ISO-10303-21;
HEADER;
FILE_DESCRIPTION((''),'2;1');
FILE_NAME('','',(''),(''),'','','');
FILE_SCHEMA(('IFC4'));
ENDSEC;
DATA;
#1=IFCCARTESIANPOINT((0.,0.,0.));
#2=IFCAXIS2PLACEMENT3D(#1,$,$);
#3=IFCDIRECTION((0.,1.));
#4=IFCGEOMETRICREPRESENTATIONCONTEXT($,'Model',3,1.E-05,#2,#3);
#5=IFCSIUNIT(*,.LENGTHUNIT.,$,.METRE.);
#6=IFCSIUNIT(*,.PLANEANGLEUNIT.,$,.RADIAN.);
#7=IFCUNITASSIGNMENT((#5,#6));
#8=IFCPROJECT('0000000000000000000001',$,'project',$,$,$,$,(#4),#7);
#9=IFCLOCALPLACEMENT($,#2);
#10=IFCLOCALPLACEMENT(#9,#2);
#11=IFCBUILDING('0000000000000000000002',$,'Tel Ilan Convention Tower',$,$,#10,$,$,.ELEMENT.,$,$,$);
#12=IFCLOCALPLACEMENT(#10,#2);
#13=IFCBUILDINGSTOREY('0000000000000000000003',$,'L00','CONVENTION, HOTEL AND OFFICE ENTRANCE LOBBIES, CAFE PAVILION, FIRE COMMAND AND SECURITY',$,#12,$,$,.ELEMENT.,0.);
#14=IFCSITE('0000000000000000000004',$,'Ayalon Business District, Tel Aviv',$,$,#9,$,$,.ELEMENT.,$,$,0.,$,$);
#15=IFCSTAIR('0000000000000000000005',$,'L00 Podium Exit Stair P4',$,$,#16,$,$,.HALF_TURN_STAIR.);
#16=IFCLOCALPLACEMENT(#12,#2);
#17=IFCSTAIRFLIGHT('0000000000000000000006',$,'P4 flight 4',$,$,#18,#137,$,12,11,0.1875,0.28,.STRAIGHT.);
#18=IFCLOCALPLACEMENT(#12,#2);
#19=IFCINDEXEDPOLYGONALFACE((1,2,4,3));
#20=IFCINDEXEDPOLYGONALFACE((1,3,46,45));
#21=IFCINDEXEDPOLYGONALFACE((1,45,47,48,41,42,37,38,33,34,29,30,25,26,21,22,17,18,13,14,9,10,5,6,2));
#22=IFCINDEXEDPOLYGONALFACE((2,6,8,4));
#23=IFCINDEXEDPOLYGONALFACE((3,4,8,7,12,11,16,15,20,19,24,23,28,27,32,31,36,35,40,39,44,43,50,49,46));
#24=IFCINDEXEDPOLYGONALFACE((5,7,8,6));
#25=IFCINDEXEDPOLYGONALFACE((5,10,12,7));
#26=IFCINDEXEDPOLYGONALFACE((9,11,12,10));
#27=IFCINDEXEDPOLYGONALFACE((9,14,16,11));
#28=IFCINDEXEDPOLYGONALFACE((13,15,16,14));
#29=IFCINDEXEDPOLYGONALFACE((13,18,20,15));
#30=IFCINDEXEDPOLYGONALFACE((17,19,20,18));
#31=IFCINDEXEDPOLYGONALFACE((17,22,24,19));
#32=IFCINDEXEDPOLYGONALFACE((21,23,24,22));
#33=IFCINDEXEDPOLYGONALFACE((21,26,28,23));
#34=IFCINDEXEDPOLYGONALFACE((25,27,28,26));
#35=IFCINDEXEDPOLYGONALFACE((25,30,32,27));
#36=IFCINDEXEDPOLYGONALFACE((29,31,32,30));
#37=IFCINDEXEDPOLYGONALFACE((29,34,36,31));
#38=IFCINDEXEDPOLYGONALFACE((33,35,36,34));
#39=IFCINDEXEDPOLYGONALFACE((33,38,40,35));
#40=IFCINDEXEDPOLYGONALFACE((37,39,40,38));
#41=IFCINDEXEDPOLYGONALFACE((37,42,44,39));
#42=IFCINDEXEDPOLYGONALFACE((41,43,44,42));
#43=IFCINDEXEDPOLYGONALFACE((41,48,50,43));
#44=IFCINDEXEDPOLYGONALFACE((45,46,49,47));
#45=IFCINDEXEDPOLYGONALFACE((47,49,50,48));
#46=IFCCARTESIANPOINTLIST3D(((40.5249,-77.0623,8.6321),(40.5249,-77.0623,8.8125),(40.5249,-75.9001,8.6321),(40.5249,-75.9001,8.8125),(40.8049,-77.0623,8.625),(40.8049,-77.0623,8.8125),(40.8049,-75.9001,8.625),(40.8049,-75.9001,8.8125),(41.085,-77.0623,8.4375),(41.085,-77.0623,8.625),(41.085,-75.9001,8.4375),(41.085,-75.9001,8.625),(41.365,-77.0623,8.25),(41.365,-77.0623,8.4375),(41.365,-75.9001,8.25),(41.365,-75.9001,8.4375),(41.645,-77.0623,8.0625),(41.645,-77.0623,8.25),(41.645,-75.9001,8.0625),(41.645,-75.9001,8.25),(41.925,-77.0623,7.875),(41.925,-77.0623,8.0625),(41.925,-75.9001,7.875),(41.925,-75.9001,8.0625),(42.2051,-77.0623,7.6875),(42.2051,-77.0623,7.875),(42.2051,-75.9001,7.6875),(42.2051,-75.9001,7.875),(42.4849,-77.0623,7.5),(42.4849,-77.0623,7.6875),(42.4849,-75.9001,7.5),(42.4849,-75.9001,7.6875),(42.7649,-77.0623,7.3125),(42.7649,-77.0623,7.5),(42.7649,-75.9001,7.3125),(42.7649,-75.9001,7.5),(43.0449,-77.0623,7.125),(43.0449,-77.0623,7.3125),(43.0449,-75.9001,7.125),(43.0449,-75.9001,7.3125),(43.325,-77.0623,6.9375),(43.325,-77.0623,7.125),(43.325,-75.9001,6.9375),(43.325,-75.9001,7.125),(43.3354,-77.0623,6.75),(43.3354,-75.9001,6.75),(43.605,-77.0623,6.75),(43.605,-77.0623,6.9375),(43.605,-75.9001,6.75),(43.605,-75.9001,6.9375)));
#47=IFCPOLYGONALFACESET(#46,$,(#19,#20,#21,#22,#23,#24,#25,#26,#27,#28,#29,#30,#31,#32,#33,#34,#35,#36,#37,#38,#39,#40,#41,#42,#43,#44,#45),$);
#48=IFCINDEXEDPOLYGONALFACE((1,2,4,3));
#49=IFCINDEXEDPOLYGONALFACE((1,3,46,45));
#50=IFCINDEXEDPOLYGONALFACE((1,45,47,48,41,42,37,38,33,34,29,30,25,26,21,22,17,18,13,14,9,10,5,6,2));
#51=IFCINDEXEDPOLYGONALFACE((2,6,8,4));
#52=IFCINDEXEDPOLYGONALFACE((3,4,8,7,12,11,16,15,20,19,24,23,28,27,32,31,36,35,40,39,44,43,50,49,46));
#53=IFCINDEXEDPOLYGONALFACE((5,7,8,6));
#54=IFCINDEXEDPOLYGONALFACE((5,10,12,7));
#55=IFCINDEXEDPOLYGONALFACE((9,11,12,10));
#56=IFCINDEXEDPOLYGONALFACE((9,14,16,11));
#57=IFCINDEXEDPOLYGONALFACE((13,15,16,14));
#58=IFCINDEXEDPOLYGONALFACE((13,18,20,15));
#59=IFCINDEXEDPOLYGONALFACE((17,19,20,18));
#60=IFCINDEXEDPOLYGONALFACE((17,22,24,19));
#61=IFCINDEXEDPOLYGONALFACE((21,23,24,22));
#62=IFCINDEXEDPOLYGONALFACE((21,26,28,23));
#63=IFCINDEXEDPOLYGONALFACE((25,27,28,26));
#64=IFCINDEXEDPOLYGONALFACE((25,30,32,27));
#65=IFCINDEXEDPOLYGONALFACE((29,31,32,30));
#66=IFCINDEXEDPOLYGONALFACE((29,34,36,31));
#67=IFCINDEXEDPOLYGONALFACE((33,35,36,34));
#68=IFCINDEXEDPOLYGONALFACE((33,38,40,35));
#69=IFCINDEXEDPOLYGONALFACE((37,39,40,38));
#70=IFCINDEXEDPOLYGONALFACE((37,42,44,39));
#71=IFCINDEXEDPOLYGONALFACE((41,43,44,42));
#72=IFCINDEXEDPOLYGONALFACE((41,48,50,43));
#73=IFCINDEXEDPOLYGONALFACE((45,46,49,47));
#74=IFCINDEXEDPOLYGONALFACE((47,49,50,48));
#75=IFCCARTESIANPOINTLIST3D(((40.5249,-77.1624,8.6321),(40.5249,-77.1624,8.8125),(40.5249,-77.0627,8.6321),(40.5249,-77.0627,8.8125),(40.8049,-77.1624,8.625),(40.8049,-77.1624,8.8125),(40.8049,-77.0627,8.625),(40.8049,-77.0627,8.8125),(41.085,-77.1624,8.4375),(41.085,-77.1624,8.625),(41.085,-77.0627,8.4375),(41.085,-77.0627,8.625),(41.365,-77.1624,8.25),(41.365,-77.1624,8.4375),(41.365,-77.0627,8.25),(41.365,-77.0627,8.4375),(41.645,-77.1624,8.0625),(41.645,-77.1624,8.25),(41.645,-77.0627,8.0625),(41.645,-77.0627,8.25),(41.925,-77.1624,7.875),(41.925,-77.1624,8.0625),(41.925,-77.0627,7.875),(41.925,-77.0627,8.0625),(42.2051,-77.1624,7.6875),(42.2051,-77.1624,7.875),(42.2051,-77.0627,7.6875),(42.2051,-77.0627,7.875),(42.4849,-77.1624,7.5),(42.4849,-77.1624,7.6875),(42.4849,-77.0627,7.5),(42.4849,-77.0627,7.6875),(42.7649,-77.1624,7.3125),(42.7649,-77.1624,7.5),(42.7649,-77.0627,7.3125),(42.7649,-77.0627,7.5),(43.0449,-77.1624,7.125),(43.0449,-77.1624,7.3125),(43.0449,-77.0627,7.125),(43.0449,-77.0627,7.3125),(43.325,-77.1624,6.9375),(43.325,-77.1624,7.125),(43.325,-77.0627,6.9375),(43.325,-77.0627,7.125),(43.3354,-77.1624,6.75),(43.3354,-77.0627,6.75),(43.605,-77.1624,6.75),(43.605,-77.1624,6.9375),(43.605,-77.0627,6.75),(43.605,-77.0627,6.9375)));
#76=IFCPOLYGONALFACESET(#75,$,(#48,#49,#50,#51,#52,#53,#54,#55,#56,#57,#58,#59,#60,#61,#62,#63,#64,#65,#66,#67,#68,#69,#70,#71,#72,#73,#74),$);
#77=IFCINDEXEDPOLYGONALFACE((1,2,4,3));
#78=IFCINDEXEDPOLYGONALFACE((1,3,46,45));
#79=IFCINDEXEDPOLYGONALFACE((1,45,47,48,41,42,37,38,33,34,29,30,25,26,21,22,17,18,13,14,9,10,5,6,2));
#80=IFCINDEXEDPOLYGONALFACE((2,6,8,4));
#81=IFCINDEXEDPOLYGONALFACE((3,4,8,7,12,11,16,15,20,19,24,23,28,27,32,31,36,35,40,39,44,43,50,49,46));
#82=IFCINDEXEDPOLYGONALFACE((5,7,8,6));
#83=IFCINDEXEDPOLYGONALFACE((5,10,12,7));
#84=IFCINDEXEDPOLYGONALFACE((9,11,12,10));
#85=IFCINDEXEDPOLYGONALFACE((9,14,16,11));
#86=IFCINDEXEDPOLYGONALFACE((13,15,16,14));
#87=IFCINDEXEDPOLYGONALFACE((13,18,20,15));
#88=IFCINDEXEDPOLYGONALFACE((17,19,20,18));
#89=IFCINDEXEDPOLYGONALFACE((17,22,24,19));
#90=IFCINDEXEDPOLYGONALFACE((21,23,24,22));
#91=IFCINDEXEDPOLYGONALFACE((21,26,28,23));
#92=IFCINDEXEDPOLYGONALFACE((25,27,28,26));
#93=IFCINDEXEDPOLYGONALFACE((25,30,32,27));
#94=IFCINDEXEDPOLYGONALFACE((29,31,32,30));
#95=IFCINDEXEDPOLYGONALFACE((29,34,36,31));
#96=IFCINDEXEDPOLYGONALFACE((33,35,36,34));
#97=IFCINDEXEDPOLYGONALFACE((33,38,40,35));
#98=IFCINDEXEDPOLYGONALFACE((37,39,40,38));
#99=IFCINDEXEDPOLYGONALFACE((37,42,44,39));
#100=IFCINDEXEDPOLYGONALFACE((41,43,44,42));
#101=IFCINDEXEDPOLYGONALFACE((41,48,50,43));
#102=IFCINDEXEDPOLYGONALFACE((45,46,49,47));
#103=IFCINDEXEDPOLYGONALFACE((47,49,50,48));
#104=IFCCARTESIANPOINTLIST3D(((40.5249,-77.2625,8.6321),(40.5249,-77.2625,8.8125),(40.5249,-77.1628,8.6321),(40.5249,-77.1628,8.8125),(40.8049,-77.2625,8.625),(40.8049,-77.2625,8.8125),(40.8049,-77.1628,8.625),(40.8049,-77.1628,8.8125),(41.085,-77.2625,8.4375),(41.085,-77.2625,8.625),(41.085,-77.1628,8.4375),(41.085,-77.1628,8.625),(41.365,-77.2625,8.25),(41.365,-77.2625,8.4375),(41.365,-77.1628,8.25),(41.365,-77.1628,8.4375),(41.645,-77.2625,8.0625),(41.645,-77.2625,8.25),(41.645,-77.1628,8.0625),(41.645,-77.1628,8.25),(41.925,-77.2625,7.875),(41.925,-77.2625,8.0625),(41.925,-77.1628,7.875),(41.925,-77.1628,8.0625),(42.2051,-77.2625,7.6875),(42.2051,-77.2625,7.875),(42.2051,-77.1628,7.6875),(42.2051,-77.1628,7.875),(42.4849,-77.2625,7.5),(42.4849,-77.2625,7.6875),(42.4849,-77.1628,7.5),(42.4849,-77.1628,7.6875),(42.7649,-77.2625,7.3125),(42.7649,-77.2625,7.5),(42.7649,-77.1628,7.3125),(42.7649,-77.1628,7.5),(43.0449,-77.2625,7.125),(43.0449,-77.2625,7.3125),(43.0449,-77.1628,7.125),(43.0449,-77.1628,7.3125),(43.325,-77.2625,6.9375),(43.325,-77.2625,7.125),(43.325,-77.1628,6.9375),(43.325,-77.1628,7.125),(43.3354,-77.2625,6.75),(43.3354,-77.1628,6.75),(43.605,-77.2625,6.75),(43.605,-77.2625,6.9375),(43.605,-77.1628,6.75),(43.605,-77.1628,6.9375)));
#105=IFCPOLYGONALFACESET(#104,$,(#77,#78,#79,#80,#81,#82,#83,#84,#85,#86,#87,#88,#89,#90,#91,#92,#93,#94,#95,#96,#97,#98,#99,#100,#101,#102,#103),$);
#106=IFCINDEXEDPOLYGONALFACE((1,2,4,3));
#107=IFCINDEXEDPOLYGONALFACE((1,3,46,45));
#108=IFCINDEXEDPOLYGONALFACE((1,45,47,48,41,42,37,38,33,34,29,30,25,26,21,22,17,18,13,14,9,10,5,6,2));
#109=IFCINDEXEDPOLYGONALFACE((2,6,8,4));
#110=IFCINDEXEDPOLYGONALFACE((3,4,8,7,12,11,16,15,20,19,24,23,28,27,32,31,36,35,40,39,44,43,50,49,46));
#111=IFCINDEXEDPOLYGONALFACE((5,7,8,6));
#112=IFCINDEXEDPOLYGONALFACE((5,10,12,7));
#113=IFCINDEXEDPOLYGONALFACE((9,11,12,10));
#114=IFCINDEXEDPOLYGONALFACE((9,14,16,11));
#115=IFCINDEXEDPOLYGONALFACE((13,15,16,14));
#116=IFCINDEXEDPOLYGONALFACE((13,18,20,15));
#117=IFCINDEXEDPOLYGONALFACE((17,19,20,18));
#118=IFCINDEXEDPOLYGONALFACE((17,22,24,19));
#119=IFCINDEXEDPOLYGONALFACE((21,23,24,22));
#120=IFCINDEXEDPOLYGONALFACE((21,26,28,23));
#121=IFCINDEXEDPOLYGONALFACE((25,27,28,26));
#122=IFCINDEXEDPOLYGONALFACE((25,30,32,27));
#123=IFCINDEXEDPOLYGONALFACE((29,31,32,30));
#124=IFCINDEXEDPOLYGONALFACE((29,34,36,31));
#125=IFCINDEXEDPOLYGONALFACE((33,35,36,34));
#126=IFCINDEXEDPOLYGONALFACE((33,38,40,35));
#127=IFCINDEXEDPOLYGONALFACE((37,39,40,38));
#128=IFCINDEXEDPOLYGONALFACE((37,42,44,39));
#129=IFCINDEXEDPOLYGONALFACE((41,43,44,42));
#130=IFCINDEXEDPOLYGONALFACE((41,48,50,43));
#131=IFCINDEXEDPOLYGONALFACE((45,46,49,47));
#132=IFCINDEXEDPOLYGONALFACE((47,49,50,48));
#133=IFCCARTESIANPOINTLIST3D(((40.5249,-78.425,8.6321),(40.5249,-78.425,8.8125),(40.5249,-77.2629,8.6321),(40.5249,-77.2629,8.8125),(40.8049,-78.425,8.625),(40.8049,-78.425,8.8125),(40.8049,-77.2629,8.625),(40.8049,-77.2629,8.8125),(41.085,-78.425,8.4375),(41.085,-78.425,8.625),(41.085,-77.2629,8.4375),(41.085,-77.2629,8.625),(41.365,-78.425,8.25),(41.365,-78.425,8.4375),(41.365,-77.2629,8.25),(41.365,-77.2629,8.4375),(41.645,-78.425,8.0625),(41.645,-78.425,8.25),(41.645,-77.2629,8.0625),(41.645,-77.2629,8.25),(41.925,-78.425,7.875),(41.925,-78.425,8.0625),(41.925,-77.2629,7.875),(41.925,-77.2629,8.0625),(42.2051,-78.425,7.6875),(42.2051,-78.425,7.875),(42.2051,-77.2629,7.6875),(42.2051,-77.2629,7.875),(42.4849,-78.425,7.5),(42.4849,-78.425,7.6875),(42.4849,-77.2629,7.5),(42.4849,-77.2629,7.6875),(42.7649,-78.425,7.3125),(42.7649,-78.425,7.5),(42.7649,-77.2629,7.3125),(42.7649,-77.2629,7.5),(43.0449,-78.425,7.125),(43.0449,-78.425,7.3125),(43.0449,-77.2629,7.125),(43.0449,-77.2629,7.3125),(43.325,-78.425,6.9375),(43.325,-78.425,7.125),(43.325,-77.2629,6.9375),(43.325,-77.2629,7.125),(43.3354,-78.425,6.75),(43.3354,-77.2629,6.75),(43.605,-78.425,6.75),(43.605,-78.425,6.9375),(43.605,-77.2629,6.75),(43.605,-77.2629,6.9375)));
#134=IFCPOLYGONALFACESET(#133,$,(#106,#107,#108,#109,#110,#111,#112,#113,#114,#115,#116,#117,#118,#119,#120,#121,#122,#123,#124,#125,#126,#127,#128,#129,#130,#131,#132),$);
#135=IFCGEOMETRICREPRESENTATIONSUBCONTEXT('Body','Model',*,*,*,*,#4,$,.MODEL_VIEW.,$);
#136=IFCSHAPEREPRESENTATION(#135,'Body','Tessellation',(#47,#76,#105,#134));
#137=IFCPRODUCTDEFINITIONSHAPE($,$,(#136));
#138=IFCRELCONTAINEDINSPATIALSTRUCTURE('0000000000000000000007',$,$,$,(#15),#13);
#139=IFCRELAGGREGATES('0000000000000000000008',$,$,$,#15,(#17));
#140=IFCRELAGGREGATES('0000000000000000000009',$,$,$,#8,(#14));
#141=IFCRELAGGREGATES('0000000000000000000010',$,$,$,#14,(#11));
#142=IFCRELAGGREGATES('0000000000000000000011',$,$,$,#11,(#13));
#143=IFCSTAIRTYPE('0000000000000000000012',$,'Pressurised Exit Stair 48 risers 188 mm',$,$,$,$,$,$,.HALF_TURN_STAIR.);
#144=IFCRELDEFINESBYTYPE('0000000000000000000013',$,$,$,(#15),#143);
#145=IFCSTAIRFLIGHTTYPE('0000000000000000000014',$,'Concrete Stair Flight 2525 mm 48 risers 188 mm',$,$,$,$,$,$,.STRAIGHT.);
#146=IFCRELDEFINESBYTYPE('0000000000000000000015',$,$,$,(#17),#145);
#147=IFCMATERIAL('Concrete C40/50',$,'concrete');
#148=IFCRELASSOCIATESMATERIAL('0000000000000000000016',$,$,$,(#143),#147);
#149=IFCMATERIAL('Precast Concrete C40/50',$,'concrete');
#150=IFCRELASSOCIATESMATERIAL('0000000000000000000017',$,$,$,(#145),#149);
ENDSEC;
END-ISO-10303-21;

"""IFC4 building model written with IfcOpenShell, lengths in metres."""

from ifc_helpers import new_model, si_unit, direction, frame, origin, place, context, subcontext, project, spatial, polyline, outline, extrude, material, type_object, element, aggregate, save


model = new_model("IFC4")

# Units and contexts
model_context = context("Model", 3, precision=1e-05, world=origin(), true_north=direction((0.0, 1.0)))
body_context = subcontext(model_context, "Body", "Model", "MODEL_VIEW")
ifc_project = project(units=[si_unit("LENGTHUNIT", "METRE"), si_unit("PLANEANGLEUNIT", "RADIAN")], contexts=[model_context])

# Site, building, storey
site_placement = place(None, origin())
site = spatial("IfcSite", under=ifc_project, at=site_placement, Name="Ayalon Business District, Tel Aviv", CompositionType="ELEMENT", RefElevation=0.0)
building_placement = place(site_placement, origin())
building = spatial("IfcBuilding", under=site, at=building_placement, Name="Tel Ilan Convention Tower", CompositionType="ELEMENT")
storey_placement = place(building_placement, origin())
storey = spatial("IfcBuildingStorey", under=building, at=storey_placement, Name="L00", Description="CONVENTION, HOTEL AND OFFICE ENTRANCE LOBBIES, CAFE PAVILION, FIRE COMMAND AND SECURITY", CompositionType="ELEMENT", Elevation=0.0)

# Stair, stair flight
ifc_material_1 = material(Name="Concrete C40/50", Category="concrete")
stair_type = type_object("IfcStairType", Name="Pressurised Exit Stair 48 risers 188 mm", PredefinedType="HALF_TURN_STAIR", material=ifc_material_1)
stair_placement = place(storey_placement, origin())
stair = element("IfcStair", 1, at=stair_placement, inside=storey, type_object=stair_type, Name="L00 Podium Exit Stair P4", PredefinedType="HALF_TURN_STAIR")
ifc_material_2 = material(Name="Precast Concrete C40/50", Category="concrete")
stair_flight_type = type_object("IfcStairFlightType", Name="Concrete Stair Flight 2525 mm 48 risers 188 mm", PredefinedType="STRAIGHT", material=ifc_material_2)
stair_flight_1_placement = place(storey_placement, frame((43.605, -77.1626, 6.75), z_axis=(0.0, 0.0, 1.0), x_axis=(-1.0, 0.0, 0.0)))
stair_flight_1 = element("IfcStairFlight", 2, at=stair_flight_1_placement, type_object=stair_flight_type, Name="P4 flight 4", NumberOfRisers=12, NumberOfTreads=11, PredefinedType="STRAIGHT", RiserHeight=0.1875, TreadLength=0.28, context=body_context, shape_type="SweptSolid", body=[
    extrude(outline(polyline([(0.0, 0.0), (0.0, 0.1875), (0.28, 0.1875), (0.28, 0.375), (0.5601, 0.375), (0.5601, 0.5625), (0.8401, 0.5625), (0.8401, 0.75), (1.1201, 0.75), (1.1201, 0.9375), (1.3999, 0.9375), (1.3999, 1.125), (1.6799, 1.125), (1.6799, 1.3125), (1.96, 1.3125), (1.96, 1.5), (2.24, 1.5), (2.24, 1.6875), (2.52, 1.6875), (2.52, 1.875), (2.8, 1.875), (2.8, 2.0625), (3.0801, 2.0625), (3.0801, 2.25), (3.0801, 1.8821), (0.2695, 0.0), (0.0, 0.0)])), frame((0.0, -0.1003, 0.0), z_axis=(0.0, -1.0, 0.0), x_axis=(1.0, 0.0, 0.0)), (0.0, 0.0, 1.0), 1.1621),
    extrude(outline(polyline([(0.0, 0.0), (0.0, 0.1875), (0.28, 0.1875), (0.28, 0.375), (0.5601, 0.375), (0.5601, 0.5625), (0.8401, 0.5625), (0.8401, 0.75), (1.1201, 0.75), (1.1201, 0.9375), (1.3999, 0.9375), (1.3999, 1.125), (1.6799, 1.125), (1.6799, 1.3125), (1.96, 1.3125), (1.96, 1.5), (2.24, 1.5), (2.24, 1.6875), (2.52, 1.6875), (2.52, 1.875), (2.8, 1.875), (2.8, 2.0625), (3.0801, 2.0625), (3.0801, 2.25), (3.0801, 1.8821), (0.2695, 0.0), (0.0, 0.0)])), frame((0.0, -0.0002, 0.0), z_axis=(0.0, -1.0, 0.0), x_axis=(1.0, 0.0, 0.0)), (0.0, 0.0, 1.0), 0.0996),
    extrude(outline(polyline([(0.0, 0.0), (0.0, 0.1875), (0.28, 0.1875), (0.28, 0.375), (0.5601, 0.375), (0.5601, 0.5625), (0.8401, 0.5625), (0.8401, 0.75), (1.1201, 0.75), (1.1201, 0.9375), (1.3999, 0.9375), (1.3999, 1.125), (1.6799, 1.125), (1.6799, 1.3125), (1.96, 1.3125), (1.96, 1.5), (2.24, 1.5), (2.24, 1.6875), (2.52, 1.6875), (2.52, 1.875), (2.8, 1.875), (2.8, 2.0625), (3.0801, 2.0625), (3.0801, 2.25), (3.0801, 1.8821), (0.2695, 0.0), (0.0, 0.0)])), frame((0.0, 0.0999, 0.0), z_axis=(0.0, -1.0, 0.0), x_axis=(1.0, 0.0, 0.0)), (0.0, 0.0, 1.0), 0.0996),
    extrude(outline(polyline([(0.0, 0.0), (0.0, 0.1875), (0.28, 0.1875), (0.28, 0.375), (0.5601, 0.375), (0.5601, 0.5625), (0.8401, 0.5625), (0.8401, 0.75), (1.1201, 0.75), (1.1201, 0.9375), (1.3999, 0.9375), (1.3999, 1.125), (1.6799, 1.125), (1.6799, 1.3125), (1.96, 1.3125), (1.96, 1.5), (2.24, 1.5), (2.24, 1.6875), (2.52, 1.6875), (2.52, 1.875), (2.8, 1.875), (2.8, 2.0625), (3.0801, 2.0625), (3.0801, 2.25), (3.0801, 1.8821), (0.2695, 0.0), (0.0, 0.0)])), frame((0.0, 1.2625, 0.0), z_axis=(0.0, -1.0, 0.0), x_axis=(1.0, 0.0, 0.0)), (0.0, 0.0, 1.0), 1.1621),
])
aggregate(stair, [stair_flight_1])

save(model, "model.ifc")
